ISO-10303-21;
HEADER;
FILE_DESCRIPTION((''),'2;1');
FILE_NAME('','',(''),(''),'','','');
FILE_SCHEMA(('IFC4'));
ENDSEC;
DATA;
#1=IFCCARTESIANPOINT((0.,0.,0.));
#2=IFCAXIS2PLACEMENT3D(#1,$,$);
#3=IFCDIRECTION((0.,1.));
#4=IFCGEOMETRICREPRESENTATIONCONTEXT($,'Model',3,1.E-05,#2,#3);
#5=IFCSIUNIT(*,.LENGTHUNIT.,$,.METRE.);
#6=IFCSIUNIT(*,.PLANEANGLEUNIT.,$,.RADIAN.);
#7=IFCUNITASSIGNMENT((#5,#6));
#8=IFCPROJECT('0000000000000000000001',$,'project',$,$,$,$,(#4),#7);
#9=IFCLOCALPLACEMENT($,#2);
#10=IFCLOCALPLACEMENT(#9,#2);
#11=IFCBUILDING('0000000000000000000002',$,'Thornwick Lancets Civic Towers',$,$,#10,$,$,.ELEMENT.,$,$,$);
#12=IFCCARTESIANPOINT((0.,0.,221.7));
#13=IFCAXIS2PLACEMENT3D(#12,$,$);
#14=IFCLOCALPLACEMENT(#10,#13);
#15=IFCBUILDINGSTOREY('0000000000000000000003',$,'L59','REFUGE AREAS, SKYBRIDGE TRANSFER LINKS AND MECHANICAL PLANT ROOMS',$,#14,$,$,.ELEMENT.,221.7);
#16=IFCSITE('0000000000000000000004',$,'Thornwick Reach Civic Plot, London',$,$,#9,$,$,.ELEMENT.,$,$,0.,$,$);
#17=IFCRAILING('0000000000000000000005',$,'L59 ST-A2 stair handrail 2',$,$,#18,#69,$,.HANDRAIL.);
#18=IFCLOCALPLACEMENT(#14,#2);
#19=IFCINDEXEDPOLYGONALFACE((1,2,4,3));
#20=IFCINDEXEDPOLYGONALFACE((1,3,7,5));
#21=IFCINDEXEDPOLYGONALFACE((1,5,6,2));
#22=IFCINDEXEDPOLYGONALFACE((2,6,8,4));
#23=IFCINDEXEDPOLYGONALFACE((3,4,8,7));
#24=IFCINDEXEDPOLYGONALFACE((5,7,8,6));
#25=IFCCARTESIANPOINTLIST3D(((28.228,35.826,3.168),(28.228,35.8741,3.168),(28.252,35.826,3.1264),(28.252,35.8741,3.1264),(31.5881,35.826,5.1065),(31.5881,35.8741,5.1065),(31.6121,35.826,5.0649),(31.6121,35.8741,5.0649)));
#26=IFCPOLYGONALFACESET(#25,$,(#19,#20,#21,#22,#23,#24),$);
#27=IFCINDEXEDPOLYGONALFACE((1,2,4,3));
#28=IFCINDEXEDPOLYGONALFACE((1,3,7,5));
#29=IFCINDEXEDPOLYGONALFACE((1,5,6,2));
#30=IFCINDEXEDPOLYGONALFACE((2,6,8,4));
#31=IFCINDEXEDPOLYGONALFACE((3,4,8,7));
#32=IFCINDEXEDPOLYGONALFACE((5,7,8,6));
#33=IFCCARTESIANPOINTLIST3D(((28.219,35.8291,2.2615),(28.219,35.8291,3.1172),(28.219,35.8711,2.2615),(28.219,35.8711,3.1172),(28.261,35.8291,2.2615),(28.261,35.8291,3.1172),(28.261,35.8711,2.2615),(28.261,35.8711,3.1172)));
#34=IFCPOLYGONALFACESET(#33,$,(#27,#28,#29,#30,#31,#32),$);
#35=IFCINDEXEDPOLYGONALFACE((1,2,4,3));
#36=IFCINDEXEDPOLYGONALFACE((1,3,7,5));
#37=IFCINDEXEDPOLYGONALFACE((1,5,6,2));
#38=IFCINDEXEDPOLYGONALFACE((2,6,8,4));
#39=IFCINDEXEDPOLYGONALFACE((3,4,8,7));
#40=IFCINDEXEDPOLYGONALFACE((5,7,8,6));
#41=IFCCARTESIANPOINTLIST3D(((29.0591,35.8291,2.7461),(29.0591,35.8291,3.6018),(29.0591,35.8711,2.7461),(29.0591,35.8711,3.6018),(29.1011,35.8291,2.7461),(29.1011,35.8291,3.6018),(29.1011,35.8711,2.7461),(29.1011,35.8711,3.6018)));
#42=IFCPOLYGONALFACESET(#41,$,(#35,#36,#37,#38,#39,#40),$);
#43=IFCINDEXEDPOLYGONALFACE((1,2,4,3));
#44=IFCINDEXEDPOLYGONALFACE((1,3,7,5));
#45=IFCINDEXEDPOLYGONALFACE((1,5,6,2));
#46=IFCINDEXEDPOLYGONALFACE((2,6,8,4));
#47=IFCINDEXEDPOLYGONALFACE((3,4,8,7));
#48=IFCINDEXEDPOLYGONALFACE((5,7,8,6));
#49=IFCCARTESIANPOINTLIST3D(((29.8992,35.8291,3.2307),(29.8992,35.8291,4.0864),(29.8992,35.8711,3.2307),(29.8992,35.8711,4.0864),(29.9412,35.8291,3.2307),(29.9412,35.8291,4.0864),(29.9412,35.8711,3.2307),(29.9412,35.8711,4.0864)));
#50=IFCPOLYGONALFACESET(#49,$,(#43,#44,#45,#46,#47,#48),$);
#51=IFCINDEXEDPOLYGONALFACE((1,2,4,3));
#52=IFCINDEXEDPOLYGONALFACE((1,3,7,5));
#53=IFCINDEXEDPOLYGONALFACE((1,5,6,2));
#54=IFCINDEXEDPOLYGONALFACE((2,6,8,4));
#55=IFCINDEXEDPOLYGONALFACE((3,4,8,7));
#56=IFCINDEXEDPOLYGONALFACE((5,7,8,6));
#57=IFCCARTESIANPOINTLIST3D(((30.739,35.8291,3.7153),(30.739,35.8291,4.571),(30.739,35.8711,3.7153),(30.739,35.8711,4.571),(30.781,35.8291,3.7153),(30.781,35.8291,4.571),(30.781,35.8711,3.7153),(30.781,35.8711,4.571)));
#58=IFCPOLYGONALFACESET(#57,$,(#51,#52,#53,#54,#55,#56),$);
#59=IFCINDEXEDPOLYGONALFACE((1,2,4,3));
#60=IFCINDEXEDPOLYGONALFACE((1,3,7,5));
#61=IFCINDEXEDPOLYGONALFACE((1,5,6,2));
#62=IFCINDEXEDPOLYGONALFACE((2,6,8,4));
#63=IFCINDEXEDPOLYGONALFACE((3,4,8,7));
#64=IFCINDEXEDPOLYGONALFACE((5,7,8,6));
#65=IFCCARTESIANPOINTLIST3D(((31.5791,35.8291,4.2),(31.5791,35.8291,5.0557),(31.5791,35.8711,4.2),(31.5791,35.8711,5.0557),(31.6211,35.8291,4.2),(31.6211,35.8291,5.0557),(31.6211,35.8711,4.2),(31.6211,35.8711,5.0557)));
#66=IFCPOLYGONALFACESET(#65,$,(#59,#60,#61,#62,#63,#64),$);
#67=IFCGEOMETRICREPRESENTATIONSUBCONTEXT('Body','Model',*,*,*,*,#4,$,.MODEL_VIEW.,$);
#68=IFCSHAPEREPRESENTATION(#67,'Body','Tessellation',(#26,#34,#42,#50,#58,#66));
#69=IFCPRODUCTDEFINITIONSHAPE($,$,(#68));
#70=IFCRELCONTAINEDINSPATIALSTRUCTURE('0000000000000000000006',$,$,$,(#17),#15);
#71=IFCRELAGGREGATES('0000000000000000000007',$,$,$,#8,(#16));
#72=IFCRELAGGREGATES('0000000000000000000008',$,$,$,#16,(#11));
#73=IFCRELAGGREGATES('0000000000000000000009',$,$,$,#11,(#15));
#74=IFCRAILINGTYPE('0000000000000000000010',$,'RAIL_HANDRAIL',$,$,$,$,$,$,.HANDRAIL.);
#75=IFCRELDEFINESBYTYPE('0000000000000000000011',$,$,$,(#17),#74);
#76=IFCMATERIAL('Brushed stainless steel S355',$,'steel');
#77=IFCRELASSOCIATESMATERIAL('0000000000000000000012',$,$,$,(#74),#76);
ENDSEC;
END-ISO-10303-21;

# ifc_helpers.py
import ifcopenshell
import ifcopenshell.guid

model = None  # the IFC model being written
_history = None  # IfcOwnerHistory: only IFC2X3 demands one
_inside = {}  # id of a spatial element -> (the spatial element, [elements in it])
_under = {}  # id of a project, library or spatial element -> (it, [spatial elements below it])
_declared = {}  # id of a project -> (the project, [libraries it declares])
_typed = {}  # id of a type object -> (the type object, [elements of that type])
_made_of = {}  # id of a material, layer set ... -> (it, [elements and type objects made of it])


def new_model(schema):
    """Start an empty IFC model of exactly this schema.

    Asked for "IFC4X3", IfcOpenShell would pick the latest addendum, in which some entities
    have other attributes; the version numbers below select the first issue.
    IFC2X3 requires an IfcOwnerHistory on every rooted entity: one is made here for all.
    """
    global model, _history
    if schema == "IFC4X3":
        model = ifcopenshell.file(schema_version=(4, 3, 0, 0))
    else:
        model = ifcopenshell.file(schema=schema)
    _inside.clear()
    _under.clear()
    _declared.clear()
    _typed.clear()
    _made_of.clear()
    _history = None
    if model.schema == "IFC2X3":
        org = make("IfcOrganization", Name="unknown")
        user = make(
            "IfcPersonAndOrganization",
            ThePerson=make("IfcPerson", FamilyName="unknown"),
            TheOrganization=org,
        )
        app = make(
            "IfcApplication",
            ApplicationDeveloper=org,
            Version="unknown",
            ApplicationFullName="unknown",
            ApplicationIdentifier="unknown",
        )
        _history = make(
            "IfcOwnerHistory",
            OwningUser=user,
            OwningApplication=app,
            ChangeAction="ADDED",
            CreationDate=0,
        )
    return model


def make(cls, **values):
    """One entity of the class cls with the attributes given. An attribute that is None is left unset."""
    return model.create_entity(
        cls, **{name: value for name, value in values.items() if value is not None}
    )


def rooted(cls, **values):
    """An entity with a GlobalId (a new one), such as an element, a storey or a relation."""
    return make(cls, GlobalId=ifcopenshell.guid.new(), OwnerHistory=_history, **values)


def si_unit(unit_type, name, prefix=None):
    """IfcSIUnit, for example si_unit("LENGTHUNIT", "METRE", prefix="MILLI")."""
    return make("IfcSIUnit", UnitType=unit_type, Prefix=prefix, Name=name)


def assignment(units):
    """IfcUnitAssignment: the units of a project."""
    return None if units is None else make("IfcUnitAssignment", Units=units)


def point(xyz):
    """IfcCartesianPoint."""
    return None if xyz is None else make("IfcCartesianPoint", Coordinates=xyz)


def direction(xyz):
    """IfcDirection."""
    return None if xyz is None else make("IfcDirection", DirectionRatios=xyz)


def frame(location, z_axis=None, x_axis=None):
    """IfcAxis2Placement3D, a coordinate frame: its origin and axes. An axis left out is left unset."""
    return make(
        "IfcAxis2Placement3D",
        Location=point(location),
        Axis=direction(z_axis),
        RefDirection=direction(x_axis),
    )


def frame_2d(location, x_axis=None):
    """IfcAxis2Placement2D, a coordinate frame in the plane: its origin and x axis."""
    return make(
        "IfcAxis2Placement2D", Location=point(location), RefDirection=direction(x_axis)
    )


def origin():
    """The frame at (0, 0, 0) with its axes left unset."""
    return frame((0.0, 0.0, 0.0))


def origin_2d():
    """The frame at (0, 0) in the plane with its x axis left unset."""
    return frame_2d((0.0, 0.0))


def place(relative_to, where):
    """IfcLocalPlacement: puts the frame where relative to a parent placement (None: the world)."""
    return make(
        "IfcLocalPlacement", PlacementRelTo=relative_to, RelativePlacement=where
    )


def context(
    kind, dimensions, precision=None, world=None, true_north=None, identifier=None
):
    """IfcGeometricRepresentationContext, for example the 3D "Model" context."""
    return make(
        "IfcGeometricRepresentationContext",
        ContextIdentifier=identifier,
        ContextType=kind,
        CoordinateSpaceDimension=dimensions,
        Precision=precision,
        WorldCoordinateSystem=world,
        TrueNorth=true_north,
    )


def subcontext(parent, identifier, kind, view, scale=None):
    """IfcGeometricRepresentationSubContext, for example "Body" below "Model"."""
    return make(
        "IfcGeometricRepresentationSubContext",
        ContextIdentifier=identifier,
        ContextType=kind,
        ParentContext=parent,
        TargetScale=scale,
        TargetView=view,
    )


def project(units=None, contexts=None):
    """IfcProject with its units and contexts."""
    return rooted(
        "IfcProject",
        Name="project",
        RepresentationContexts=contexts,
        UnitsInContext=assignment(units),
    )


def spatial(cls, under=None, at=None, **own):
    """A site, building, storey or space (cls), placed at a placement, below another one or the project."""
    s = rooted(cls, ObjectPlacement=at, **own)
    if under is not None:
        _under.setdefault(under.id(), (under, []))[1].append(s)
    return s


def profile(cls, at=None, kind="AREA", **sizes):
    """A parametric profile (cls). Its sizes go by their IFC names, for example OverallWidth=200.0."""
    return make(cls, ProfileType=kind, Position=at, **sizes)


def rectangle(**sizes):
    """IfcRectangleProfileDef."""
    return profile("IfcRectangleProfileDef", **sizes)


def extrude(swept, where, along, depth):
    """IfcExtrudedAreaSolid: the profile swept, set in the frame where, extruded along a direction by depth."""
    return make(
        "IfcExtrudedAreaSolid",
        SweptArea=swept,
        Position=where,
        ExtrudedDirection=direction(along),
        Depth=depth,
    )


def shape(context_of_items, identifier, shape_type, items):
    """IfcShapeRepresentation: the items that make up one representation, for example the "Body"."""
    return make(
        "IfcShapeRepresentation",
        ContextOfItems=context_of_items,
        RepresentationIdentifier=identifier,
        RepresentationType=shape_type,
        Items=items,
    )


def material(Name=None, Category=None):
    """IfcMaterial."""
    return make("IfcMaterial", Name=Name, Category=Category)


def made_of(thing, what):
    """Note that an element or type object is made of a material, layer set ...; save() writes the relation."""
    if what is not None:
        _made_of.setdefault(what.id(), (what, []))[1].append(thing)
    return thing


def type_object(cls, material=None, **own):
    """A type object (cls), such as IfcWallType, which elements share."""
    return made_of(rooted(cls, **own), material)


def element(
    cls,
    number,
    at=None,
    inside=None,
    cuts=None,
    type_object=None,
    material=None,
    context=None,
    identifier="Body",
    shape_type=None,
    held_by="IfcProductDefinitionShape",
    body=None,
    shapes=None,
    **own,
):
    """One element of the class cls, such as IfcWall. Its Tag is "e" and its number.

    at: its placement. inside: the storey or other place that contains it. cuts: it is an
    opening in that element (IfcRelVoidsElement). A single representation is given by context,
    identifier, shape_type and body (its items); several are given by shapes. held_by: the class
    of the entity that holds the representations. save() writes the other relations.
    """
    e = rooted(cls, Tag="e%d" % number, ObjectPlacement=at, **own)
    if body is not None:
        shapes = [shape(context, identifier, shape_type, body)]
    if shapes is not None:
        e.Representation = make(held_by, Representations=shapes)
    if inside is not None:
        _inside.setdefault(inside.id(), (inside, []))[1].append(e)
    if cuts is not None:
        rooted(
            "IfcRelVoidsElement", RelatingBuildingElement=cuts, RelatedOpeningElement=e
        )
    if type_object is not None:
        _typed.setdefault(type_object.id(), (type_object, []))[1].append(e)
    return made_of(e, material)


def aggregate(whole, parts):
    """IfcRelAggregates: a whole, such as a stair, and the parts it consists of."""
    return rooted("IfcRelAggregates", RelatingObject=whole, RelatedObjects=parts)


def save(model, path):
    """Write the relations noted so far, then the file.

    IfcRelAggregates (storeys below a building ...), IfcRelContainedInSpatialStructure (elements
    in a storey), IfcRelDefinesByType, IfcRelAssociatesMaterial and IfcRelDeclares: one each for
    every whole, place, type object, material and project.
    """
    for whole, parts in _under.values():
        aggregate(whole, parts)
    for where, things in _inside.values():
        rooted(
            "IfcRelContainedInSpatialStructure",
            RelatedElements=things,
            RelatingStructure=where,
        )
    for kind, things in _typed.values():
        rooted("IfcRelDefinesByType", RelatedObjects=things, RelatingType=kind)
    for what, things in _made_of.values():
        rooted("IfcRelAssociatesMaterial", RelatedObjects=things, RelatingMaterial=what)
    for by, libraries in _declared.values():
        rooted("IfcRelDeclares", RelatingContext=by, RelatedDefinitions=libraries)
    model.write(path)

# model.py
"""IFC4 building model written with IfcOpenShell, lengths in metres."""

from ifc_helpers import new_model, si_unit, direction, frame, origin, origin_2d, place, context, subcontext, project, spatial, rectangle, extrude, material, type_object, element, save


model = new_model("IFC4")

# Units and contexts
model_context = context("Model", 3, precision=1e-05, world=origin(), true_north=direction((0.0, 1.0)))
body_context = subcontext(model_context, "Body", "Model", "MODEL_VIEW")
ifc_project = project(units=[si_unit("LENGTHUNIT", "METRE"), si_unit("PLANEANGLEUNIT", "RADIAN")], contexts=[model_context])

# Site, building, storey
site_placement = place(None, origin())
site = spatial("IfcSite", under=ifc_project, at=site_placement, Name="Thornwick Reach Civic Plot, London", CompositionType="ELEMENT", RefElevation=0.0)
building_placement = place(site_placement, origin())
building = spatial("IfcBuilding", under=site, at=building_placement, Name="Thornwick Lancets Civic Towers", CompositionType="ELEMENT")
storey_placement = place(building_placement, frame((0.0, 0.0, 221.7)))
storey = spatial("IfcBuildingStorey", under=building, at=storey_placement, Name="L59", Description="REFUGE AREAS, SKYBRIDGE TRANSFER LINKS AND MECHANICAL PLANT ROOMS", CompositionType="ELEMENT", Elevation=221.7)

# Railing
ifc_material_1 = material(Name="Brushed stainless steel S355", Category="steel")
railing_type = type_object("IfcRailingType", Name="RAIL_HANDRAIL", PredefinedType="HANDRAIL", material=ifc_material_1)
railing_placement = place(storey_placement, frame((28.24, 35.8501, 2.2615)))
element("IfcRailing", 1, at=railing_placement, inside=storey, type_object=railing_type, Name="L59 ST-A2 stair handrail 2", PredefinedType="HANDRAIL", context=body_context, shape_type="SweptSolid", body=[
    extrude(rectangle(XDim=0.0481, YDim=0.0481, at=origin_2d()), frame((0.0, 0.0, 0.8857), z_axis=(0.866191, 0.0, 0.499713), x_axis=(0.0, 1.0, 0.0)), (0.0, 0.0, 1.0), 3.8792),
    extrude(rectangle(XDim=0.042, YDim=0.042, at=origin_2d()), origin(), (0.0, 0.0, 1.0), 0.8557),
    extrude(rectangle(XDim=0.042, YDim=0.042, at=origin_2d()), frame((0.8401, 0.0, 0.4846)), (0.0, 0.0, 1.0), 0.8557),
    extrude(rectangle(XDim=0.042, YDim=0.042, at=origin_2d()), frame((1.6802, 0.0, 0.9692)), (0.0, 0.0, 1.0), 0.8557),
    extrude(rectangle(XDim=0.042, YDim=0.042, at=origin_2d()), frame((2.52, 0.0, 1.4539)), (0.0, 0.0, 1.0), 0.8557),
    extrude(rectangle(XDim=0.042, YDim=0.042, at=origin_2d()), frame((3.3601, 0.0, 1.9385)), (0.0, 0.0, 1.0), 0.8557),
])

save(model, "model.ifc")
